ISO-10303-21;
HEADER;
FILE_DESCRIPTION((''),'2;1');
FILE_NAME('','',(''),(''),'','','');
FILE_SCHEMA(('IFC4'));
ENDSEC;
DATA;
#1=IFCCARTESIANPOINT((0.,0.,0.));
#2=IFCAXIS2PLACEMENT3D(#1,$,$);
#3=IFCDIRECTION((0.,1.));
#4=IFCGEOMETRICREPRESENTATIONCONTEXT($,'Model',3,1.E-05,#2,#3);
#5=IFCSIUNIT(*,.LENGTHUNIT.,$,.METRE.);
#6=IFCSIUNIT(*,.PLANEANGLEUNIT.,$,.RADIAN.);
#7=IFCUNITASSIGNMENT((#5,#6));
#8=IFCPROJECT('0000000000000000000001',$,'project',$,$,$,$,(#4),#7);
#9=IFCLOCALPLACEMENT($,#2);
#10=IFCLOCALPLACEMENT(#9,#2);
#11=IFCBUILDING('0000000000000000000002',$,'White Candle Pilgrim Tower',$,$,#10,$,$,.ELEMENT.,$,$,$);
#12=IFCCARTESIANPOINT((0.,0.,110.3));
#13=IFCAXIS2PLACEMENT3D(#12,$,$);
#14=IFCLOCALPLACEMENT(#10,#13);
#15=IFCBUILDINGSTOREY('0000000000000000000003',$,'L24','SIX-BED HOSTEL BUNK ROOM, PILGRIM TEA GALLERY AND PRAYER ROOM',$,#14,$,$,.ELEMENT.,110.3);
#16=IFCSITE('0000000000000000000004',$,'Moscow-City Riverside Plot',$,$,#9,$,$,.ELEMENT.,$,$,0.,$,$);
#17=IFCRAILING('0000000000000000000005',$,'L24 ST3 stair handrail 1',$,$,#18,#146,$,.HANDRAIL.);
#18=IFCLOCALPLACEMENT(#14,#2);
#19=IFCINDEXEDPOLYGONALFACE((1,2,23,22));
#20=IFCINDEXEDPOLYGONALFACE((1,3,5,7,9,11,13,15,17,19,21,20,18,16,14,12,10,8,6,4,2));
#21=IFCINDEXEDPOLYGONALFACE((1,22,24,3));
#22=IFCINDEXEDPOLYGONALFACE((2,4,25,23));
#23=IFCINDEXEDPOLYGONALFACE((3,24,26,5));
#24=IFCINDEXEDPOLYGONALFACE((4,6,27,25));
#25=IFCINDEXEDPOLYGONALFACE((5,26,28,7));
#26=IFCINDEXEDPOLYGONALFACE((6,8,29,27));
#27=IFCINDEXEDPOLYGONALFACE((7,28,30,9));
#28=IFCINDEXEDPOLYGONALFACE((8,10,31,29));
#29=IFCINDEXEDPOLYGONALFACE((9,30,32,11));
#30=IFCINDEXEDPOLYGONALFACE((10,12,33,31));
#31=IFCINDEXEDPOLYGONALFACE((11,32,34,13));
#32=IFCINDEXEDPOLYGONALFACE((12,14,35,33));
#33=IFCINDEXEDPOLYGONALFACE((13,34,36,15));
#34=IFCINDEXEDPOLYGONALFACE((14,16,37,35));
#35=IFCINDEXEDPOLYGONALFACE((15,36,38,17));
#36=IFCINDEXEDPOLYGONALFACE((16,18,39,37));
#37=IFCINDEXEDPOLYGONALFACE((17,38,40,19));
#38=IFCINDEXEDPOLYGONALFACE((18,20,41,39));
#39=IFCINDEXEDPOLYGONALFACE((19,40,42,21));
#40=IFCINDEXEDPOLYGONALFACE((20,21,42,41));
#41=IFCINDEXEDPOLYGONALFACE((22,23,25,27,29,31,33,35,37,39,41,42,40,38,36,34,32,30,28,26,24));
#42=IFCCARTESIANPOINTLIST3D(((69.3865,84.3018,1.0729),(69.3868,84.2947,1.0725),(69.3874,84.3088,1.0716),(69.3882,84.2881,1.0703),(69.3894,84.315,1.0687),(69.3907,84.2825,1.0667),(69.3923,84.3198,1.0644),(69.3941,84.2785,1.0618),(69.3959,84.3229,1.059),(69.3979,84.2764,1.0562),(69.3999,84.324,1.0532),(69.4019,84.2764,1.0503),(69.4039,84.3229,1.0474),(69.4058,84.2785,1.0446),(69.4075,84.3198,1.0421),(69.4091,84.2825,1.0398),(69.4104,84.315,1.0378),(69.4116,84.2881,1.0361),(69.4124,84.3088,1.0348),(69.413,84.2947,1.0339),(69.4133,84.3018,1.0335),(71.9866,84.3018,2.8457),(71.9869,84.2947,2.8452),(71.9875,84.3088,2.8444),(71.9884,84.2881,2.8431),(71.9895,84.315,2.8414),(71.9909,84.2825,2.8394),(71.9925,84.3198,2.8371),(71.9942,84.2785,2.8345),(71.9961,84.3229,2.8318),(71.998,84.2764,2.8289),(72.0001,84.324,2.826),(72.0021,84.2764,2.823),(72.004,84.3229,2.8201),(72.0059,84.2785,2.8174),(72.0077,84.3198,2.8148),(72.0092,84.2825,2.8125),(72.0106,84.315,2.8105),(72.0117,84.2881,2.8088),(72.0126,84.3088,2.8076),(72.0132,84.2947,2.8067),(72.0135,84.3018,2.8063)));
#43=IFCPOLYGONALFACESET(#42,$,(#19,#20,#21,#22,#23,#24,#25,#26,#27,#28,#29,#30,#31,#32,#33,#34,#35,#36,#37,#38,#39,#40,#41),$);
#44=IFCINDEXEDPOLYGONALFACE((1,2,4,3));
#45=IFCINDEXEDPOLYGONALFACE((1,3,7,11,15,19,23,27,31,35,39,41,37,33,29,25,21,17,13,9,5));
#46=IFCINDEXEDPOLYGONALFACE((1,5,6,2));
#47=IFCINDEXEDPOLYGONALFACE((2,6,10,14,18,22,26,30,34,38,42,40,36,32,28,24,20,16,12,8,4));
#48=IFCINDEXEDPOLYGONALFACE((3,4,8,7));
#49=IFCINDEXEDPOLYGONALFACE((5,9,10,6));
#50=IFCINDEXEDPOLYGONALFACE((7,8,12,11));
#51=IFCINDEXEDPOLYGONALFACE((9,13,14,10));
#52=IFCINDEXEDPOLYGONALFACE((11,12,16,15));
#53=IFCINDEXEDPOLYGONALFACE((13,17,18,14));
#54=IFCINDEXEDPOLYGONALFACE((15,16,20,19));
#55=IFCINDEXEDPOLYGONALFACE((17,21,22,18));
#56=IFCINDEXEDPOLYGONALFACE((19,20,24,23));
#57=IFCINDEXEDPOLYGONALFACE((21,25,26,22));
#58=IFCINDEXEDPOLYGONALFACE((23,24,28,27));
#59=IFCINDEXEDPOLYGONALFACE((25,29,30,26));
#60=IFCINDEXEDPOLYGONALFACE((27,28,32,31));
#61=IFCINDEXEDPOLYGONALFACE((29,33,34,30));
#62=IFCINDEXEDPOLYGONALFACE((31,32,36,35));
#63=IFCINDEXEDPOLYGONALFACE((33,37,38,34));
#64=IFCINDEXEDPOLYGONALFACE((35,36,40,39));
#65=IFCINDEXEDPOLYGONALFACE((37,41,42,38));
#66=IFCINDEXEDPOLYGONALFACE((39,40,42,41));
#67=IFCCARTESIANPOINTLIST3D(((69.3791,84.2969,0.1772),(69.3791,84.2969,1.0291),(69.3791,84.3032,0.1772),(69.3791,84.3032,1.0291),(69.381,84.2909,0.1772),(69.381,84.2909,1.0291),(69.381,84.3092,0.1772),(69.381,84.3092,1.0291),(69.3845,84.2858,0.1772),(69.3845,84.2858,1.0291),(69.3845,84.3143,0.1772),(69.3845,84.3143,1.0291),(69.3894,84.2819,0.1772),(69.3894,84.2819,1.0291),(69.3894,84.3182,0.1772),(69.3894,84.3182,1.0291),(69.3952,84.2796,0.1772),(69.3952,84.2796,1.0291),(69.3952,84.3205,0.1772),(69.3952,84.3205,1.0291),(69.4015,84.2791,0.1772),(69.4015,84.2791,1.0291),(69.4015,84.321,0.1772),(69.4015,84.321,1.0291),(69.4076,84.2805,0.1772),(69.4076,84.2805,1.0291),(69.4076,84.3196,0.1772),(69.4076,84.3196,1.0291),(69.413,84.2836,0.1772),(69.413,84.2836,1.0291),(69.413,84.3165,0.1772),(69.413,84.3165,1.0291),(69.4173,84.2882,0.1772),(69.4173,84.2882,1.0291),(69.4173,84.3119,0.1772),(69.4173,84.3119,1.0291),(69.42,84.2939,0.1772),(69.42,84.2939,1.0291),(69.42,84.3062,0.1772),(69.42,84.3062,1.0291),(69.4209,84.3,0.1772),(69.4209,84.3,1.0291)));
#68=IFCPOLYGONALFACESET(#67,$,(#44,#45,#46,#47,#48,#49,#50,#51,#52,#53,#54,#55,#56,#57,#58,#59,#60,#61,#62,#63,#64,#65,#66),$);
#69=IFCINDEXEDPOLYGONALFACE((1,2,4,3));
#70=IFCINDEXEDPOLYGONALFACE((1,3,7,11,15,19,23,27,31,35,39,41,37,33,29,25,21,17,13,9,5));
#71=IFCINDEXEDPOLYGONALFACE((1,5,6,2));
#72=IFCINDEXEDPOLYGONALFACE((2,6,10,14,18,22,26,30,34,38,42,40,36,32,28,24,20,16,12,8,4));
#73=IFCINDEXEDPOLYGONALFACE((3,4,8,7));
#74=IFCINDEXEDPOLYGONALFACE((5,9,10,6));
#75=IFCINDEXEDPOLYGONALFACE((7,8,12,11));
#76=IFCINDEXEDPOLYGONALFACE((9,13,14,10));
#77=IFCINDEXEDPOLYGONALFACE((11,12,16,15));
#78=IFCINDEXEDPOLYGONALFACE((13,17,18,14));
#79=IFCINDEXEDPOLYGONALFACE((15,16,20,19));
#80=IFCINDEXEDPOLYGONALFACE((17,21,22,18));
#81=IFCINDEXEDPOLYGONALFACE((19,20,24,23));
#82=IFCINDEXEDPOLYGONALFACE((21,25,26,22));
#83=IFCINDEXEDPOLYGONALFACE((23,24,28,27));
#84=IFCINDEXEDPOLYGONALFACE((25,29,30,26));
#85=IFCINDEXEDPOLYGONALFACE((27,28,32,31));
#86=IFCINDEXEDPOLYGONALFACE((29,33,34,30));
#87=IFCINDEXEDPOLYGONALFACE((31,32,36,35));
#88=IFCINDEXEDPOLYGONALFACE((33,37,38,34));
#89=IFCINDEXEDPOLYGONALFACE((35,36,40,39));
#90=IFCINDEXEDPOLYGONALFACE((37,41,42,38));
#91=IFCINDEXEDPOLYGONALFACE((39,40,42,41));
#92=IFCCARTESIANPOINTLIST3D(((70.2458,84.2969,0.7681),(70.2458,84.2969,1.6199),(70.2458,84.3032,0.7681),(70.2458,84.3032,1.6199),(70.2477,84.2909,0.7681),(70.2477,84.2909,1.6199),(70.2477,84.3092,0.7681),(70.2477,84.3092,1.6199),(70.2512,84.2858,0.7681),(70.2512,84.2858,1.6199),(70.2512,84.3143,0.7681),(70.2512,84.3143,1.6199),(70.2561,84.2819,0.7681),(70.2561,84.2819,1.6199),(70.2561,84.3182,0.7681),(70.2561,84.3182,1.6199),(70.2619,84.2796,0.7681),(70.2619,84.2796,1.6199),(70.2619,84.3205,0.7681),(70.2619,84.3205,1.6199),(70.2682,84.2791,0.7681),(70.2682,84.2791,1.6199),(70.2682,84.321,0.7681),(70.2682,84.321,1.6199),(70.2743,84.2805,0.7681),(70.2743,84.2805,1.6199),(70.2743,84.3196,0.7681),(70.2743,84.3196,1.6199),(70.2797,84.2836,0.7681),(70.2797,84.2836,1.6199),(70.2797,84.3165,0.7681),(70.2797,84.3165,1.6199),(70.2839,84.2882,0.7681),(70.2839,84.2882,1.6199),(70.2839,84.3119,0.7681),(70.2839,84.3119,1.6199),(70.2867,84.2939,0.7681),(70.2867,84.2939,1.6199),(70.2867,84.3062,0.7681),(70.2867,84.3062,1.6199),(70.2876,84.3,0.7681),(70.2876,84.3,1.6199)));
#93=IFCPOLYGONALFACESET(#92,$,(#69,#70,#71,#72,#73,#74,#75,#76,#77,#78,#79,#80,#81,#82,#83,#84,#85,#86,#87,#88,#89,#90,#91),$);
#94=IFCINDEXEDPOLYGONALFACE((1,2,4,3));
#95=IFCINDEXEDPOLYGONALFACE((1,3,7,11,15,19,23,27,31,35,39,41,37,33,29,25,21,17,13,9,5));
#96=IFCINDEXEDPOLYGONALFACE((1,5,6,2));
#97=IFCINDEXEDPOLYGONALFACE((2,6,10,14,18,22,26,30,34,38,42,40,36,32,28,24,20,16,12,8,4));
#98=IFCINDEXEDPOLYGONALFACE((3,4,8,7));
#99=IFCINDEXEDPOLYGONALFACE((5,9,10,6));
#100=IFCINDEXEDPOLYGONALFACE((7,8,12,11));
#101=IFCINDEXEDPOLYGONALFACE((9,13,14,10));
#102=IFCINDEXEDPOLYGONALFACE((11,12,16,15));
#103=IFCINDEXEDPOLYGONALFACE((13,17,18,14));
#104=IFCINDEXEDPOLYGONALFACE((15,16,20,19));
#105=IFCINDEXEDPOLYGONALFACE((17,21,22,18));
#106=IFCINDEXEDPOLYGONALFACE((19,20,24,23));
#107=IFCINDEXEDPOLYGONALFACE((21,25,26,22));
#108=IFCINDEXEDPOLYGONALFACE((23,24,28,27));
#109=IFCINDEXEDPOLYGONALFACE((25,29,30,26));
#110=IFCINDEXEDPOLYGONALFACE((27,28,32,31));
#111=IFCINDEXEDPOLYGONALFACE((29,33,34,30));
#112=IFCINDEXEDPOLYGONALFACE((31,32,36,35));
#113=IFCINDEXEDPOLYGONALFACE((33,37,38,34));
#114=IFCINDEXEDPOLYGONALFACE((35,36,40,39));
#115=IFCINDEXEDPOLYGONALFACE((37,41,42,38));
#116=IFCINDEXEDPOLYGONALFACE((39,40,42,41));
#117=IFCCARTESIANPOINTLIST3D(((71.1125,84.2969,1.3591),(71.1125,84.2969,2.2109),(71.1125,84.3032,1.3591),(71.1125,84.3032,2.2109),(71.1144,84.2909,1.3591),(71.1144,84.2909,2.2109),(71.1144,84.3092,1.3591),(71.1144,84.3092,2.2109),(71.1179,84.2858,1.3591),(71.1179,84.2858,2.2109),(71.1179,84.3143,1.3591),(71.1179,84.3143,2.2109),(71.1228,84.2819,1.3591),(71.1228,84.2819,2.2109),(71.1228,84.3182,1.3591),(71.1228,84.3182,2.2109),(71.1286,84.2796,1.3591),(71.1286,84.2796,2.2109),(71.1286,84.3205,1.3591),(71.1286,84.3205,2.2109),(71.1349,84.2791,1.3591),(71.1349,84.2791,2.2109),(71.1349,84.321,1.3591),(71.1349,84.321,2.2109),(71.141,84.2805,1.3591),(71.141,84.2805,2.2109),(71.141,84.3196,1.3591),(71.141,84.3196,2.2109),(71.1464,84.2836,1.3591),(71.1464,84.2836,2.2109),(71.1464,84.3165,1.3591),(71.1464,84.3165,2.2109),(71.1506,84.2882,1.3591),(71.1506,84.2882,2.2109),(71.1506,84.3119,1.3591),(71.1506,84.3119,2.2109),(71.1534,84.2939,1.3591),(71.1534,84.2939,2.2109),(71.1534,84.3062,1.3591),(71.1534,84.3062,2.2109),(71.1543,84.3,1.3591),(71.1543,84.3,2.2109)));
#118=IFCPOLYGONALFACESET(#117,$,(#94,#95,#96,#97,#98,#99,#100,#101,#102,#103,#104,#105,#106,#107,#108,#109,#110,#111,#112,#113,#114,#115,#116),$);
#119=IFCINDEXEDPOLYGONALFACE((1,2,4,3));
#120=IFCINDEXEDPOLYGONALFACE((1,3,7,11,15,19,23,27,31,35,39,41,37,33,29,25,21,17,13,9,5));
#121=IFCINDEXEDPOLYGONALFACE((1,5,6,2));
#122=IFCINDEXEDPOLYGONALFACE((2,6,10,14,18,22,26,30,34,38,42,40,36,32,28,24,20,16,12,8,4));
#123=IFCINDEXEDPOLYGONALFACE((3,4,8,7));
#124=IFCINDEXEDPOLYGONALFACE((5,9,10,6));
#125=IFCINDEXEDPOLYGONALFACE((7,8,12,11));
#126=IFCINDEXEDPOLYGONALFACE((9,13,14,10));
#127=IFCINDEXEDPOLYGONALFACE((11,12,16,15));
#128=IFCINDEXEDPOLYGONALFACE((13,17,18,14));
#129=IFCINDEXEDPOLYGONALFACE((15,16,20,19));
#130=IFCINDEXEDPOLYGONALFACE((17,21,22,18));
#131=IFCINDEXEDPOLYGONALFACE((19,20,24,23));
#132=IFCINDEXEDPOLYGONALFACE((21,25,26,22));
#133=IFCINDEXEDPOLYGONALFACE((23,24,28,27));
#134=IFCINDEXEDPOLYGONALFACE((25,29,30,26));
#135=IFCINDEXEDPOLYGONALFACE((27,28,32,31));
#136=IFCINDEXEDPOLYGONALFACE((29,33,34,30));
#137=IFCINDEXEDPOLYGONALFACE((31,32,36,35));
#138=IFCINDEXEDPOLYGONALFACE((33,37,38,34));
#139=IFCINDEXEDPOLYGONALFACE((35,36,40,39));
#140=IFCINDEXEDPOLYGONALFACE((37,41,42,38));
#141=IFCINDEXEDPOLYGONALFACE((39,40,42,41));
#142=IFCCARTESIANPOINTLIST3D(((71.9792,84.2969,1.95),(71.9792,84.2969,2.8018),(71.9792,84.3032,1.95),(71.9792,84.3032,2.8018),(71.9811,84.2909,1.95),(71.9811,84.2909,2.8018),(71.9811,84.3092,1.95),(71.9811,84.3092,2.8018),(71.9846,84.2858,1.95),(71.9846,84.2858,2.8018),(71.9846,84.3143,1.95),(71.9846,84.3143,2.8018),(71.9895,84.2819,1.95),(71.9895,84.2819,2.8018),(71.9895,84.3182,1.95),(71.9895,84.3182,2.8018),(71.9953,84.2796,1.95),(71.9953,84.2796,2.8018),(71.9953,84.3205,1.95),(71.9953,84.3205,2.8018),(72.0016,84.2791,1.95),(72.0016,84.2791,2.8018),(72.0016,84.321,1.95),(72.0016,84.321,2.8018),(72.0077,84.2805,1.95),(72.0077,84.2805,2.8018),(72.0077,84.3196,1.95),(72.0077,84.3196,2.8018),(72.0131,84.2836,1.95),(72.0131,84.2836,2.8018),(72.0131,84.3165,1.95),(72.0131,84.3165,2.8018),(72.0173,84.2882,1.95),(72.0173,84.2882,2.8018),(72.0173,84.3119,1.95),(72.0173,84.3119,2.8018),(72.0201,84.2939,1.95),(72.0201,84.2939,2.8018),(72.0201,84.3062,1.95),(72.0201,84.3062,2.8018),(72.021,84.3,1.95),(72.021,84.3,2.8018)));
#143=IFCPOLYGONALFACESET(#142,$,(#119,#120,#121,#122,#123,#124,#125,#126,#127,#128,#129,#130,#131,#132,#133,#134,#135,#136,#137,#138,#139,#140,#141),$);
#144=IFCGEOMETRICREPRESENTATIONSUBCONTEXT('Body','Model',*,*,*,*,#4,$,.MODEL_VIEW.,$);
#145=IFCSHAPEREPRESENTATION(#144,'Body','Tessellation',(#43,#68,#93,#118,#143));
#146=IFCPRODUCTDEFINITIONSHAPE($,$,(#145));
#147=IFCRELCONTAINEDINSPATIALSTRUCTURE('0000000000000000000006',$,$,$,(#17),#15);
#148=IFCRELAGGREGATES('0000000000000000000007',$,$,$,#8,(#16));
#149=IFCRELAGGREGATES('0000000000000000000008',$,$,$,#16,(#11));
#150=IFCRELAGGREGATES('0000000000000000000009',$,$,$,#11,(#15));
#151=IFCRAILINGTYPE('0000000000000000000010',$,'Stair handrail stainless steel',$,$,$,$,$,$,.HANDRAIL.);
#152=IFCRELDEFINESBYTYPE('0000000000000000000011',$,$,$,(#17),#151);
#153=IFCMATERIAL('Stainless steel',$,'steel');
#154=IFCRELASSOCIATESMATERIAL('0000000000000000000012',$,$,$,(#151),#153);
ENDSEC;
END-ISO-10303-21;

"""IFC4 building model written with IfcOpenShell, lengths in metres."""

from ifc_helpers import new_model, si_unit, direction, frame, origin, origin_2d, place, context, subcontext, project, spatial, circle, extrude, material, type_object, element, save


model = new_model("IFC4")

# Units and contexts
model_context = context("Model", 3, precision=1e-05, world=origin(), true_north=direction((0.0, 1.0)))
body_context = subcontext(model_context, "Body", "Model", "MODEL_VIEW")
ifc_project = project(units=[si_unit("LENGTHUNIT", "METRE"), si_unit("PLANEANGLEUNIT", "RADIAN")], contexts=[model_context])

# Site, building, storey
site_placement = place(None, origin())
site = spatial("IfcSite", under=ifc_project, at=site_placement, Name="Moscow-City Riverside Plot", CompositionType="ELEMENT", RefElevation=0.0)
building_placement = place(site_placement, origin())
building = spatial("IfcBuilding", under=site, at=building_placement, Name="White Candle Pilgrim Tower", CompositionType="ELEMENT")
storey_placement = place(building_placement, frame((0.0, 0.0, 110.3)))
storey = spatial("IfcBuildingStorey", under=building, at=storey_placement, Name="L24", Description="SIX-BED HOSTEL BUNK ROOM, PILGRIM TEA GALLERY AND PRAYER ROOM", CompositionType="ELEMENT", Elevation=110.3)

# Railing
ifc_material_1 = material(Name="Stainless steel", Category="steel")
railing_type_1 = type_object("IfcRailingType", Name="Stair handrail stainless steel", PredefinedType="HANDRAIL", material=ifc_material_1)
railing_1_placement = place(storey_placement, frame((69.3999, 84.3, 0.1772)))
element("IfcRailing", 1, at=railing_1_placement, inside=storey, type_object=railing_type_1, Name="L24 ST3 stair handrail 1", PredefinedType="HANDRAIL", context=body_context, shape_type="SweptSolid", body=[
    extrude(circle(Radius=0.0239, at=origin_2d()), frame((0.0, 0.0, 0.876), z_axis=(0.82624, 0.0, 0.563318), x_axis=(0.0, 1.0, 0.0)), (0.0, 0.0, 1.0), 3.147),
    extrude(circle(Radius=0.021, at=origin_2d()), origin(), (0.0, 0.0, 1.0), 0.8518),
    extrude(circle(Radius=0.021, at=origin_2d()), frame((0.8667, 0.0, 0.5908)), (0.0, 0.0, 1.0), 0.8518),
    extrude(circle(Radius=0.021, at=origin_2d()), frame((1.7334, 0.0, 1.1819)), (0.0, 0.0, 1.0), 0.8518),
    extrude(circle(Radius=0.021, at=origin_2d()), frame((2.6001, 0.0, 1.7727)), (0.0, 0.0, 1.0), 0.8518),
])

save(model, "model.ifc")
